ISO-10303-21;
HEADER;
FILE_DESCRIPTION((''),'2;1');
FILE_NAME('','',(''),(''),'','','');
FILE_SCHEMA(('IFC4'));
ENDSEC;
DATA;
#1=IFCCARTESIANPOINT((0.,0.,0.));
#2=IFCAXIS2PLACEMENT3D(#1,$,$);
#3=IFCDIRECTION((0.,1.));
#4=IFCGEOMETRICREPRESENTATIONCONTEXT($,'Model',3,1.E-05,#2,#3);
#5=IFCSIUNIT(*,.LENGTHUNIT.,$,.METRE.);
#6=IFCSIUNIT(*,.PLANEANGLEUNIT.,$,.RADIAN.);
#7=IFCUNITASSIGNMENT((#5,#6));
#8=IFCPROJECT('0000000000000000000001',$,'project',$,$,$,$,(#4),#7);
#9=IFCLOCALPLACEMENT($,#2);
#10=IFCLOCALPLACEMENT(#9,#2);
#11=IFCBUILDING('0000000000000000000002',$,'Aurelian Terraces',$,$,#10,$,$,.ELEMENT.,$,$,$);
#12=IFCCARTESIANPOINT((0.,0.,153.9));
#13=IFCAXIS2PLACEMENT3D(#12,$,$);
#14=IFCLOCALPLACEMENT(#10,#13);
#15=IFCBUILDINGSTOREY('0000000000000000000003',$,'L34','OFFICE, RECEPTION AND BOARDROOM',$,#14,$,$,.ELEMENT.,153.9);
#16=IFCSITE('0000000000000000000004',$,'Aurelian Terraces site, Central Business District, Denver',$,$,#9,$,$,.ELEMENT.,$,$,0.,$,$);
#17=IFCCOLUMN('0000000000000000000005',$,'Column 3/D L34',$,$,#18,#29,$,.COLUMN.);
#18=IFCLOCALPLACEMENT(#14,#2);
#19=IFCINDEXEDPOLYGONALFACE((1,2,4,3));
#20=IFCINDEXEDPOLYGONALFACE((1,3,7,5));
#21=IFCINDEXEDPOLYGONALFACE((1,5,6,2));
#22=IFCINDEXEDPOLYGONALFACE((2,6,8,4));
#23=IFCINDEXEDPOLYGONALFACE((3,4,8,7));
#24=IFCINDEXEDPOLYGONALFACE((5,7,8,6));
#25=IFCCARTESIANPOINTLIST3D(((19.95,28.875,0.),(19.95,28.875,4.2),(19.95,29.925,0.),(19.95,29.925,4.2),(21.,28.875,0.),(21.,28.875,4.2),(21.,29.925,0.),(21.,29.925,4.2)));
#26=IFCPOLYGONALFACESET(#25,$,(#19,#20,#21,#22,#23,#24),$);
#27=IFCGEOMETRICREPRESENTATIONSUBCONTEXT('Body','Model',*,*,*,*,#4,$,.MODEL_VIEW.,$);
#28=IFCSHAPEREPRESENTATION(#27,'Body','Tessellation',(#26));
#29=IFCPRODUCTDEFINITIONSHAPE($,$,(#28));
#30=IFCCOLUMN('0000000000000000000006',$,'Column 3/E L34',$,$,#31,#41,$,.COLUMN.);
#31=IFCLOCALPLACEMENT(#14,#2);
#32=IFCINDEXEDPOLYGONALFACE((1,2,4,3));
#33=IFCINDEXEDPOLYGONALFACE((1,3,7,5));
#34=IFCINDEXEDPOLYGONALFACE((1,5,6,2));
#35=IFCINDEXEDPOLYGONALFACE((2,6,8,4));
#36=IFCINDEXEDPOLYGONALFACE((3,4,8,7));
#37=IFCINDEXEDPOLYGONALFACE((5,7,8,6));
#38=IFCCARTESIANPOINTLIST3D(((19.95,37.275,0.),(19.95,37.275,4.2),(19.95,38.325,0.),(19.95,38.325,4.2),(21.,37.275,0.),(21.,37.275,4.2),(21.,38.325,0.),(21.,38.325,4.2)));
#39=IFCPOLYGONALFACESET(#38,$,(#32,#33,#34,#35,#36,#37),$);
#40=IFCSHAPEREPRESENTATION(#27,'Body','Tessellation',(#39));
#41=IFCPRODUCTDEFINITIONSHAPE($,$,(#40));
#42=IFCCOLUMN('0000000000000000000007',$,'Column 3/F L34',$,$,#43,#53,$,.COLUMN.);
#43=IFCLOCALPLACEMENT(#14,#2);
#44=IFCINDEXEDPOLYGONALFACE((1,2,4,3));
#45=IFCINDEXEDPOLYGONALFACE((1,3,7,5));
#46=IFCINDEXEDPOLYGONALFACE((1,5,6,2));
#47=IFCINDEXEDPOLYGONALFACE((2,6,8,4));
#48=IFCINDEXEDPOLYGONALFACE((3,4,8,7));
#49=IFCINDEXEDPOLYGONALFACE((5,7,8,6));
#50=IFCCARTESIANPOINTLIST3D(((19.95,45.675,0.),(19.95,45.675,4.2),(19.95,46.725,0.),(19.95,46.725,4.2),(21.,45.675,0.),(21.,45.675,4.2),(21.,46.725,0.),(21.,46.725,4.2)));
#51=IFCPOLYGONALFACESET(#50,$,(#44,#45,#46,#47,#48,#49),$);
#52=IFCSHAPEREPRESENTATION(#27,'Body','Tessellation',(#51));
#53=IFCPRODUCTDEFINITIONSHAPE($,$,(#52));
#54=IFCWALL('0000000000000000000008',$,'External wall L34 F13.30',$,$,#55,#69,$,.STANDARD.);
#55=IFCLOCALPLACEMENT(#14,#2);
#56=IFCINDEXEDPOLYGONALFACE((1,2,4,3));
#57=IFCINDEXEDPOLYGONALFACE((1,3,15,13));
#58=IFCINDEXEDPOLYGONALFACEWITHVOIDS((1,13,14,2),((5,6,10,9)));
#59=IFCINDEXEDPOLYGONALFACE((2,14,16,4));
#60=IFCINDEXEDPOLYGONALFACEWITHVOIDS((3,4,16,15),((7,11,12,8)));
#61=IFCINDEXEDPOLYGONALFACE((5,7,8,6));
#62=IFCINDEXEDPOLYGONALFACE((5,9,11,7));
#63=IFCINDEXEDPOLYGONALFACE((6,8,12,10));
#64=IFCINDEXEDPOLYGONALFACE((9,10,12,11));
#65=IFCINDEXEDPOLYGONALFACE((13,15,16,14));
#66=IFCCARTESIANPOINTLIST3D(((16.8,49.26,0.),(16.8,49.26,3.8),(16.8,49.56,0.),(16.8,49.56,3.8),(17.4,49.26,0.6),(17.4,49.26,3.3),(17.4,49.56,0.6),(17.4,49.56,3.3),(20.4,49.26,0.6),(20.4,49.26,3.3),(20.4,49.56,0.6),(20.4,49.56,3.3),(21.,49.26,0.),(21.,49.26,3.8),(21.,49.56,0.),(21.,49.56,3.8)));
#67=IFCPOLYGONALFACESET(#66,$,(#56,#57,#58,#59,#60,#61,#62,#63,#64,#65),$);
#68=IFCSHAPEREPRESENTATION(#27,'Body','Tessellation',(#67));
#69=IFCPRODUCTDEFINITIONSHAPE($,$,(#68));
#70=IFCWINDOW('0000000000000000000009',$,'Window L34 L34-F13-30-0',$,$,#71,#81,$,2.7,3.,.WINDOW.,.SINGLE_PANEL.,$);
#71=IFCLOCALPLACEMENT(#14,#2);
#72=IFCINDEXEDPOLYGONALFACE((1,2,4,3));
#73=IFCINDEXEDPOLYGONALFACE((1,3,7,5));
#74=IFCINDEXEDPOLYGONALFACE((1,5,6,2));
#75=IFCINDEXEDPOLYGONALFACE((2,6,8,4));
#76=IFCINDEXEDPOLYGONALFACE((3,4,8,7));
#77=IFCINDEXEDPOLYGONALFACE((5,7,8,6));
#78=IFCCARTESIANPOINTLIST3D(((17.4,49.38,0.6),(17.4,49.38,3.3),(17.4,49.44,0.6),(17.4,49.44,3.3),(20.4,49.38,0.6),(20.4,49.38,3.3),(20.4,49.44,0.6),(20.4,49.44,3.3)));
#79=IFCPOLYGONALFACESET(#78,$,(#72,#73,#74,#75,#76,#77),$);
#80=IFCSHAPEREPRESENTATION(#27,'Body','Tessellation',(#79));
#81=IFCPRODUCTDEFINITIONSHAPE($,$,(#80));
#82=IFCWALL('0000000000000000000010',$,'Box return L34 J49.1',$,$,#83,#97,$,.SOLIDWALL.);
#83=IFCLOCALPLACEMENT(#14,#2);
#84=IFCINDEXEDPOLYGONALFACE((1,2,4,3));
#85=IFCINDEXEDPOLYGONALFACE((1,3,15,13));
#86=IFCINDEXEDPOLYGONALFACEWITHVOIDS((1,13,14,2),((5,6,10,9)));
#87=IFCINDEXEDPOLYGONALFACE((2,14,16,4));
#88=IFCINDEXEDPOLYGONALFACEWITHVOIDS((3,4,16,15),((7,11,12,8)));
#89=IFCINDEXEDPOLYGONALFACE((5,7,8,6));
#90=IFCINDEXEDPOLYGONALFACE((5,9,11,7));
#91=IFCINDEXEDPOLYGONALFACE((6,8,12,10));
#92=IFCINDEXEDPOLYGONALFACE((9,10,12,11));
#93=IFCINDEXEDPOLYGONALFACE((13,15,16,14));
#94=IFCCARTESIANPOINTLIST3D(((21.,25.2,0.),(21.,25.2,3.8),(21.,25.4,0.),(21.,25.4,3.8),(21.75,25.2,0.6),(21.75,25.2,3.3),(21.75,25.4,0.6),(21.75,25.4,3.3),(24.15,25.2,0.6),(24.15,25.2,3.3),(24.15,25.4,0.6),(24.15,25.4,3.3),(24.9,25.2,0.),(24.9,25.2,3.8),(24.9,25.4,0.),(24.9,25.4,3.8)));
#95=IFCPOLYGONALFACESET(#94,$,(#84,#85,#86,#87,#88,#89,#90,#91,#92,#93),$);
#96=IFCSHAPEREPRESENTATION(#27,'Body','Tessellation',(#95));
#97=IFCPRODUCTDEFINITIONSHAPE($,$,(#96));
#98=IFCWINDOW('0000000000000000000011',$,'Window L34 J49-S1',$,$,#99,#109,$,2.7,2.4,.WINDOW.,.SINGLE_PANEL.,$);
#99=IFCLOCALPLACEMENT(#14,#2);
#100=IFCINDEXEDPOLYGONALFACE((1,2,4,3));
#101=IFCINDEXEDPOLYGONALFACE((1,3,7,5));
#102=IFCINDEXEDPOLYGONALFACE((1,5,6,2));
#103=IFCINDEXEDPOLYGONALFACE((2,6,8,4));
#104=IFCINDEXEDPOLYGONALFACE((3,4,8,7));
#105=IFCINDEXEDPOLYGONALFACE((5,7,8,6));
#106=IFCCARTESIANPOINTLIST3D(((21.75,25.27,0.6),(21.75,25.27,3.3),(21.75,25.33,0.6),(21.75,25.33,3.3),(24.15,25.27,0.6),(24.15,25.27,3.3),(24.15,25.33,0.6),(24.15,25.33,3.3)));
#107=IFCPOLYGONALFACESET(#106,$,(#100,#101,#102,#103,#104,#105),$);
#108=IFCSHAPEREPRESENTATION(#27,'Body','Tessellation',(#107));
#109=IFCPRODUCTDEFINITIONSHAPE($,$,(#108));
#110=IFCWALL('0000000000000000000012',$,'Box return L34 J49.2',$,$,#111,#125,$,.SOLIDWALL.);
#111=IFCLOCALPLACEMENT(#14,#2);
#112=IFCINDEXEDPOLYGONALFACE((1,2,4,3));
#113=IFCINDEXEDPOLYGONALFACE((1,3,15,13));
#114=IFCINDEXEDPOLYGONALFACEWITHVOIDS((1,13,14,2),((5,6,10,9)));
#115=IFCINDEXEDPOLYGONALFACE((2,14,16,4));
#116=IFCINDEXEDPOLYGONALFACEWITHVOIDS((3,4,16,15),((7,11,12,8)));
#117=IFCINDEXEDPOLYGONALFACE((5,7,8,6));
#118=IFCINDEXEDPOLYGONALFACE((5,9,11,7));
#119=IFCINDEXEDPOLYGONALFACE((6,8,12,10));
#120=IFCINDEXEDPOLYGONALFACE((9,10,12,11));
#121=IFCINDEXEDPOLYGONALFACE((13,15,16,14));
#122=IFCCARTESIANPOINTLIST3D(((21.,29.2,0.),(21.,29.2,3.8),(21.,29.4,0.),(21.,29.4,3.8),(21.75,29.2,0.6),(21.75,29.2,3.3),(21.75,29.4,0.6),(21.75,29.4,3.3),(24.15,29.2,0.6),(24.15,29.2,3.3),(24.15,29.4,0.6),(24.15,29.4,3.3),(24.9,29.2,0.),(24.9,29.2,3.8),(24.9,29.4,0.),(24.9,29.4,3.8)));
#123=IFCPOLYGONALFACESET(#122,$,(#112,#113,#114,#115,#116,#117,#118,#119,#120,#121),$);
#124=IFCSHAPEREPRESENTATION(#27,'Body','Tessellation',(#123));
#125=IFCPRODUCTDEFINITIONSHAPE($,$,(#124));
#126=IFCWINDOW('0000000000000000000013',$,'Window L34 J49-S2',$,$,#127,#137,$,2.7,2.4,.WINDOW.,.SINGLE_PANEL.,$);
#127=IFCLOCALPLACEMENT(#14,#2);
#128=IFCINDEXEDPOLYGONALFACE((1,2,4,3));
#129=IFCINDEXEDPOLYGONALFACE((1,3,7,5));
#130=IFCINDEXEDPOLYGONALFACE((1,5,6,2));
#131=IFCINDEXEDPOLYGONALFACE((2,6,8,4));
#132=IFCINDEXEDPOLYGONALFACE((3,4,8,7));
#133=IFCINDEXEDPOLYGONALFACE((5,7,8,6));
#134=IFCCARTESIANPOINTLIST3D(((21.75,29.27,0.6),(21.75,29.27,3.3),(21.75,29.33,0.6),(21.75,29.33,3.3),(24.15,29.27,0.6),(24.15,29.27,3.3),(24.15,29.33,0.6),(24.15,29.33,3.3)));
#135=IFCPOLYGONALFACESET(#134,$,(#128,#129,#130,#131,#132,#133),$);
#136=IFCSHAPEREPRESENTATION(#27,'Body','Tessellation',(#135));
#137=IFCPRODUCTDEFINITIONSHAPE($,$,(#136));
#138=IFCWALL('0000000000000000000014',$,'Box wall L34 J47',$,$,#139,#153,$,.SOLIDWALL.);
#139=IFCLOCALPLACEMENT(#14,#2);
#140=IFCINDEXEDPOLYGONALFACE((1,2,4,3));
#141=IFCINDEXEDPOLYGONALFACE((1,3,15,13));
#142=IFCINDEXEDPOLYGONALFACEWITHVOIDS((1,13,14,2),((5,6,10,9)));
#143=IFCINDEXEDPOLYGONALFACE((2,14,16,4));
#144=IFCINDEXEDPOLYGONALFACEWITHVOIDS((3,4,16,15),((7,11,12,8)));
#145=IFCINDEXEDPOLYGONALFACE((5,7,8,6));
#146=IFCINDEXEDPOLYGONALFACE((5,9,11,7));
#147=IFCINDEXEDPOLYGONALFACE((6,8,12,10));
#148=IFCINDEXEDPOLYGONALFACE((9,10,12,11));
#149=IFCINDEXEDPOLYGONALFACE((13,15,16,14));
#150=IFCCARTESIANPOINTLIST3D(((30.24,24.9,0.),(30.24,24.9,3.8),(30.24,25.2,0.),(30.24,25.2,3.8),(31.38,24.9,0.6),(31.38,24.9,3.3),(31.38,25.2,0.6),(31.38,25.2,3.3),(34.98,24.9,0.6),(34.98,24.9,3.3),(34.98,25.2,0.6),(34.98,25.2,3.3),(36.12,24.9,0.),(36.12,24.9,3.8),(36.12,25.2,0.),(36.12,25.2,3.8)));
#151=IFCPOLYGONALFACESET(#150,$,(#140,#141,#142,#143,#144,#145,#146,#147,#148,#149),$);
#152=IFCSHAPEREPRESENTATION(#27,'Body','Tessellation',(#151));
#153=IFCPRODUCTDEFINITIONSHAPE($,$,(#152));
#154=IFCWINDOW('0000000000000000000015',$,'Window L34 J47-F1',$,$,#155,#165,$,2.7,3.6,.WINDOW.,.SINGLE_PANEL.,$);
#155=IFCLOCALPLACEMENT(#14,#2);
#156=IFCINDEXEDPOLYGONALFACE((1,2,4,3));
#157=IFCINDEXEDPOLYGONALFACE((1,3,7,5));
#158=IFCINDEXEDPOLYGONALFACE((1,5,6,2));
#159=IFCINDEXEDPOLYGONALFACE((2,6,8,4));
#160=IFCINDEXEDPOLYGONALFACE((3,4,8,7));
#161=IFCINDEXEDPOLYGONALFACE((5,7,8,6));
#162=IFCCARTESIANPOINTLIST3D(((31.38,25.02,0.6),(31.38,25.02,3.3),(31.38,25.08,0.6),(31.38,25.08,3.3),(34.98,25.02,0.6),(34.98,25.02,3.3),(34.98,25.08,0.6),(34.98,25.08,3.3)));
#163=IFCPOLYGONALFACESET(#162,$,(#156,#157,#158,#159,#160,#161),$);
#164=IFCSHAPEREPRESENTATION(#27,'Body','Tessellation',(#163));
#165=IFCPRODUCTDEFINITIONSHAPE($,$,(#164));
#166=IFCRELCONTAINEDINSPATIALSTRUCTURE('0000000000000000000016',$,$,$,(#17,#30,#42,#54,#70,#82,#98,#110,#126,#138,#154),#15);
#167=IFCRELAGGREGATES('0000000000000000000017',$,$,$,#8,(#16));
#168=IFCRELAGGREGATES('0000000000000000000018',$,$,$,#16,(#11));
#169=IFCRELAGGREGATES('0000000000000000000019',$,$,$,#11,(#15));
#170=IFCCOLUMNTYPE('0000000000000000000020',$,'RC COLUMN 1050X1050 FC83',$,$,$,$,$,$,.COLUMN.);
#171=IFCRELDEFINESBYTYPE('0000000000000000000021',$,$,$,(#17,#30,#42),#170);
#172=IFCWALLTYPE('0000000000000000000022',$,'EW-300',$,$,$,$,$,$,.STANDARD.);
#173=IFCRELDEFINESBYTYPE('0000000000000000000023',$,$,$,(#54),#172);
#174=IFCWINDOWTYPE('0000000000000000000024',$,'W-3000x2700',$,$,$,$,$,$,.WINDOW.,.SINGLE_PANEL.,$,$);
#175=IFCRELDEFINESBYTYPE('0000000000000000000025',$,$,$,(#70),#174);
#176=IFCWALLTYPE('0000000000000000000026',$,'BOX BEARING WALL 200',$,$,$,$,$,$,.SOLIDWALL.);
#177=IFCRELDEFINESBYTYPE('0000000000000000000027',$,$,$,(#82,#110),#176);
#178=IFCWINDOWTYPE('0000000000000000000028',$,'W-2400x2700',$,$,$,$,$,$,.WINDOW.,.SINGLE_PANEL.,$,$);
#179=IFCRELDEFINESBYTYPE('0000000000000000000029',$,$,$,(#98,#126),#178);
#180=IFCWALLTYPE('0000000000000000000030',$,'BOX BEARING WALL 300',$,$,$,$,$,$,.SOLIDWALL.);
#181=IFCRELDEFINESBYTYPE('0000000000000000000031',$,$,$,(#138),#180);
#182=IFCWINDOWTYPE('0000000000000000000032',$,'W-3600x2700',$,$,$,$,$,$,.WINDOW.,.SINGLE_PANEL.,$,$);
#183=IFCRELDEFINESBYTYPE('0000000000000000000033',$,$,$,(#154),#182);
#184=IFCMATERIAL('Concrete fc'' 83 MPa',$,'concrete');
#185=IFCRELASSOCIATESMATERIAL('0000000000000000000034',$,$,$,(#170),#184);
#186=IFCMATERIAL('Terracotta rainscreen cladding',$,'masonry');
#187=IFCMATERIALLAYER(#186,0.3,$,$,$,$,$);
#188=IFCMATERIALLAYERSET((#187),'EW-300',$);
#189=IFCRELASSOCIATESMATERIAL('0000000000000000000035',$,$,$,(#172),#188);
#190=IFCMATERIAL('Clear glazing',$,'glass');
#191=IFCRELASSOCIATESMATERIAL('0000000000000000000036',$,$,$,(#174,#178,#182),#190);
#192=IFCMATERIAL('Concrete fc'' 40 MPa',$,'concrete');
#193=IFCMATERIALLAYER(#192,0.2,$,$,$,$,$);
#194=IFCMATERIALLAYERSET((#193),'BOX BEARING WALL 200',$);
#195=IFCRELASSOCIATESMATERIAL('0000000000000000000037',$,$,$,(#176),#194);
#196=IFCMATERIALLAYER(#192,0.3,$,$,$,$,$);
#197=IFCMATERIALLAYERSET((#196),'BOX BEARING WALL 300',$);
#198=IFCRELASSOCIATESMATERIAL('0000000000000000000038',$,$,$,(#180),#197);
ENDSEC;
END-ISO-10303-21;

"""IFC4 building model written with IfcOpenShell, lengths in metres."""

from ifc_helpers import new_model, si_unit, direction, frame, frame_2d, origin, origin_2d, place, context, subcontext, project, spatial, rectangle, extrude, source, transform, mapped, material, layer, layer_set, material_profile, profile_set, type_object, element, fill, save


model = new_model("IFC4")

# Units and contexts
model_context = context("Model", 3, precision=1e-05, world=origin(), true_north=direction((0.0, 1.0)))
body_context = subcontext(model_context, "Body", "Model", "MODEL_VIEW")
ifc_project = project(units=[si_unit("LENGTHUNIT", "METRE"), si_unit("PLANEANGLEUNIT", "RADIAN")], contexts=[model_context])

# Site, building, storey
site_placement = place(None, origin())
site = spatial("IfcSite", under=ifc_project, at=site_placement, Name="Aurelian Terraces site, Central Business District, Denver", CompositionType="ELEMENT", RefElevation=0.0)
building_placement = place(site_placement, origin())
building = spatial("IfcBuilding", under=site, at=building_placement, Name="Aurelian Terraces", CompositionType="ELEMENT")
storey_placement = place(building_placement, frame((0.0, 0.0, 153.9)))
storey = spatial("IfcBuildingStorey", under=building, at=storey_placement, Name="L34", Description="OFFICE, RECEPTION AND BOARDROOM", CompositionType="ELEMENT", Elevation=153.9)

# Columns
ifc_material_1 = material(Name="Concrete fc' 83 MPa", Category="concrete")
ifc_material_profile = material_profile(ifc_material_1, rectangle(XDim=1.05, YDim=1.05, at=origin_2d()))
ifc_profile_set = profile_set([ifc_material_profile], Name="Concrete fc' 83 MPa")
column_type = type_object("IfcColumnType", Name="RC COLUMN 1050X1050 FC83", PredefinedType="COLUMN", material=ifc_profile_set)
shared_shape_1 = source(origin(), body_context, "Body", "SweptSolid", [
    extrude(rectangle(XDim=1.05, YDim=1.05, at=origin_2d()), origin(), (0.0, 0.0, 1.0), 4.2),
])
for number, where, z_axis, x_axis, name in (
    (1, (20.475, 29.4, 0.0), (0.0, 0.0, 1.0), (1.0, 0.0, 0.0), "Column 3/D L34"),
    (2, (20.475, 37.8, 0.0), (0.0, 0.0, 1.0), (1.0, 0.0, 0.0), "Column 3/E L34"),
    (3, (20.475, 46.2, 0.0), (0.0, 0.0, 1.0), (1.0, 0.0, 0.0), "Column 3/F L34"),
):
    element("IfcColumn", number, at=place(storey_placement, frame(where, z_axis=z_axis, x_axis=x_axis)), inside=storey, type_object=column_type, Name=name, PredefinedType="COLUMN", context=body_context, shape_type="MappedRepresentation", body=[
        mapped(shared_shape_1, transform((0.0, 0.0, 0.0), scale=1.0)),
    ])

# Walls, openings, windows
ifc_material_2 = material(Name="Terracotta rainscreen cladding", Category="masonry")
ifc_layer_1 = layer(ifc_material_2, 0.3)
ifc_layer_set_1 = layer_set([ifc_layer_1], Name="EW-300")
wall_type_1 = type_object("IfcWallType", Name="EW-300", PredefinedType="STANDARD", material=ifc_layer_set_1)
shared_shape_2 = source(origin(), body_context, "Body", "SweptSolid", [
    extrude(rectangle(XDim=4.2, YDim=0.3, at=frame_2d((2.1, 0.0))), origin(), (0.0, 0.0, 1.0), 3.8),
])
wall_1_placement = place(storey_placement, frame((21.0, 49.41, 0.0), z_axis=(0.0, 0.0, 1.0), x_axis=(-1.0, 0.0, 0.0)))
wall_1 = element("IfcWall", 4, at=wall_1_placement, inside=storey, type_object=wall_type_1, Name="External wall L34 F13.30", PredefinedType="STANDARD", context=body_context, shape_type="MappedRepresentation", body=[
    mapped(shared_shape_2, transform((0.0, 0.0, 0.0), scale=1.0)),
])
shared_shape_3 = source(origin(), body_context, "Body", "SweptSolid", [
    extrude(rectangle(XDim=3.0, YDim=2.7, at=frame_2d((1.5, 1.35))), frame((0.0, 0.16, 0.0), z_axis=(0.0, -1.0, 0.0), x_axis=(1.0, 0.0, 0.0)), (0.0, 0.0, 1.0), 0.32),
])
opening_1_placement = place(wall_1_placement, frame((0.6, 0.0, 0.6)))
opening_1 = element("IfcOpeningElement", 5, at=opening_1_placement, cuts=wall_1, PredefinedType="OPENING", context=body_context, shape_type="MappedRepresentation", body=[
    mapped(shared_shape_3, transform((0.0, 0.0, 0.0), scale=1.0)),
])
ifc_material_3 = material(Name="Clear glazing", Category="glass")
window_type_1 = type_object("IfcWindowType", Name="W-3000x2700", PartitioningType="SINGLE_PANEL", PredefinedType="WINDOW", material=ifc_material_3)
shared_shape_4 = source(origin(), body_context, "Body", "SweptSolid", [
    extrude(rectangle(XDim=3.0, YDim=2.7, at=frame_2d((1.5, 1.35))), frame((0.0, 0.03, 0.0), z_axis=(0.0, -1.0, 0.0), x_axis=(1.0, 0.0, 0.0)), (0.0, 0.0, 1.0), 0.06),
])
window_1_placement = place(opening_1_placement, origin())
window_1 = element("IfcWindow", 6, at=window_1_placement, inside=storey, type_object=window_type_1, Name="Window L34 L34-F13-30-0", OverallHeight=2.7, OverallWidth=3.0, PartitioningType="SINGLE_PANEL", PredefinedType="WINDOW", context=body_context, shape_type="MappedRepresentation", body=[
    mapped(shared_shape_4, transform((0.0, 0.0, 0.0), scale=1.0)),
])
fill(opening_1, window_1)
ifc_material_4 = material(Name="Concrete fc' 40 MPa", Category="concrete")
ifc_layer_2 = layer(ifc_material_4, 0.2)
ifc_layer_set_2 = layer_set([ifc_layer_2], Name="BOX BEARING WALL 200")
wall_type_2 = type_object("IfcWallType", Name="BOX BEARING WALL 200", PredefinedType="SOLIDWALL", material=ifc_layer_set_2)
shared_shape_5 = source(origin(), body_context, "Body", "SweptSolid", [
    extrude(rectangle(XDim=3.9, YDim=0.2, at=frame_2d((1.95, 0.0))), origin(), (0.0, 0.0, 1.0), 3.8),
])
wall_2_placement = place(storey_placement, frame((21.0, 25.3, 0.0), z_axis=(0.0, 0.0, 1.0), x_axis=(1.0, 0.0, 0.0)))
wall_2 = element("IfcWall", 7, at=wall_2_placement, inside=storey, type_object=wall_type_2, Name="Box return L34 J49.1", PredefinedType="SOLIDWALL", context=body_context, shape_type="MappedRepresentation", body=[
    mapped(shared_shape_5, transform((0.0, 0.0, 0.0), scale=1.0)),
])
shared_shape_6 = source(origin(), body_context, "Body", "SweptSolid", [
    extrude(rectangle(XDim=2.4, YDim=2.7, at=frame_2d((1.2, 1.35))), frame((0.0, 0.11, 0.0), z_axis=(0.0, -1.0, 0.0), x_axis=(1.0, 0.0, 0.0)), (0.0, 0.0, 1.0), 0.22),
])
opening_2_placement = place(wall_2_placement, frame((0.75, 0.0, 0.6)))
opening_2 = element("IfcOpeningElement", 8, at=opening_2_placement, cuts=wall_2, PredefinedType="OPENING", context=body_context, shape_type="MappedRepresentation", body=[
    mapped(shared_shape_6, transform((0.0, 0.0, 0.0), scale=1.0)),
])
window_type_2 = type_object("IfcWindowType", Name="W-2400x2700", PartitioningType="SINGLE_PANEL", PredefinedType="WINDOW", material=ifc_material_3)
shared_shape_7 = source(origin(), body_context, "Body", "SweptSolid", [
    extrude(rectangle(XDim=2.4, YDim=2.7, at=frame_2d((1.2, 1.35))), frame((0.0, 0.03, 0.0), z_axis=(0.0, -1.0, 0.0), x_axis=(1.0, 0.0, 0.0)), (0.0, 0.0, 1.0), 0.06),
])
window_2_placement = place(opening_2_placement, origin())
window_2 = element("IfcWindow", 9, at=window_2_placement, inside=storey, type_object=window_type_2, Name="Window L34 J49-S1", OverallHeight=2.7, OverallWidth=2.4, PartitioningType="SINGLE_PANEL", PredefinedType="WINDOW", context=body_context, shape_type="MappedRepresentation", body=[
    mapped(shared_shape_7, transform((0.0, 0.0, 0.0), scale=1.0)),
])
fill(opening_2, window_2)
wall_3_placement = place(storey_placement, frame((21.0, 29.3, 0.0), z_axis=(0.0, 0.0, 1.0), x_axis=(1.0, 0.0, 0.0)))
wall_3 = element("IfcWall", 10, at=wall_3_placement, inside=storey, type_object=wall_type_2, Name="Box return L34 J49.2", PredefinedType="SOLIDWALL", context=body_context, shape_type="MappedRepresentation", body=[
    mapped(shared_shape_5, transform((0.0, 0.0, 0.0), scale=1.0)),
])
opening_3_placement = place(wall_3_placement, frame((0.75, 0.0, 0.6)))
opening_3 = element("IfcOpeningElement", 11, at=opening_3_placement, cuts=wall_3, PredefinedType="OPENING", context=body_context, shape_type="MappedRepresentation", body=[
    mapped(shared_shape_6, transform((0.0, 0.0, 0.0), scale=1.0)),
])
window_3_placement = place(opening_3_placement, origin())
window_3 = element("IfcWindow", 12, at=window_3_placement, inside=storey, type_object=window_type_2, Name="Window L34 J49-S2", OverallHeight=2.7, OverallWidth=2.4, PartitioningType="SINGLE_PANEL", PredefinedType="WINDOW", context=body_context, shape_type="MappedRepresentation", body=[
    mapped(shared_shape_7, transform((0.0, 0.0, 0.0), scale=1.0)),
])
fill(opening_3, window_3)
ifc_layer_3 = layer(ifc_material_4, 0.3)
ifc_layer_set_3 = layer_set([ifc_layer_3], Name="BOX BEARING WALL 300")
wall_type_3 = type_object("IfcWallType", Name="BOX BEARING WALL 300", PredefinedType="SOLIDWALL", material=ifc_layer_set_3)
shared_shape_8 = source(origin(), body_context, "Body", "SweptSolid", [
    extrude(rectangle(XDim=5.88, YDim=0.3, at=frame_2d((2.94, 0.0))), origin(), (0.0, 0.0, 1.0), 3.8),
])
wall_4_placement = place(storey_placement, frame((36.12, 25.05, 0.0), z_axis=(0.0, 0.0, 1.0), x_axis=(-1.0, 0.0, 0.0)))
wall_4 = element("IfcWall", 13, at=wall_4_placement, inside=storey, type_object=wall_type_3, Name="Box wall L34 J47", PredefinedType="SOLIDWALL", context=body_context, shape_type="MappedRepresentation", body=[
    mapped(shared_shape_8, transform((0.0, 0.0, 0.0), scale=1.0)),
])
shared_shape_9 = source(origin(), body_context, "Body", "SweptSolid", [
    extrude(rectangle(XDim=3.6, YDim=2.7, at=frame_2d((1.8, 1.35))), frame((0.0, 0.16, 0.0), z_axis=(0.0, -1.0, 0.0), x_axis=(1.0, 0.0, 0.0)), (0.0, 0.0, 1.0), 0.32),
])
opening_4_placement = place(wall_4_placement, frame((1.14, 0.0, 0.6)))
opening_4 = element("IfcOpeningElement", 14, at=opening_4_placement, cuts=wall_4, PredefinedType="OPENING", context=body_context, shape_type="MappedRepresentation", body=[
    mapped(shared_shape_9, transform((0.0, 0.0, 0.0), scale=1.0)),
])
window_type_3 = type_object("IfcWindowType", Name="W-3600x2700", PartitioningType="SINGLE_PANEL", PredefinedType="WINDOW", material=ifc_material_3)
shared_shape_10 = source(origin(), body_context, "Body", "SweptSolid", [
    extrude(rectangle(XDim=3.6, YDim=2.7, at=frame_2d((1.8, 1.35))), frame((0.0, 0.03, 0.0), z_axis=(0.0, -1.0, 0.0), x_axis=(1.0, 0.0, 0.0)), (0.0, 0.0, 1.0), 0.06),
])
window_4_placement = place(opening_4_placement, origin())
window_4 = element("IfcWindow", 15, at=window_4_placement, inside=storey, type_object=window_type_3, Name="Window L34 J47-F1", OverallHeight=2.7, OverallWidth=3.6, PartitioningType="SINGLE_PANEL", PredefinedType="WINDOW", context=body_context, shape_type="MappedRepresentation", body=[
    mapped(shared_shape_10, transform((0.0, 0.0, 0.0), scale=1.0)),
])
fill(opening_4, window_4)

save(model, "model.ifc")
